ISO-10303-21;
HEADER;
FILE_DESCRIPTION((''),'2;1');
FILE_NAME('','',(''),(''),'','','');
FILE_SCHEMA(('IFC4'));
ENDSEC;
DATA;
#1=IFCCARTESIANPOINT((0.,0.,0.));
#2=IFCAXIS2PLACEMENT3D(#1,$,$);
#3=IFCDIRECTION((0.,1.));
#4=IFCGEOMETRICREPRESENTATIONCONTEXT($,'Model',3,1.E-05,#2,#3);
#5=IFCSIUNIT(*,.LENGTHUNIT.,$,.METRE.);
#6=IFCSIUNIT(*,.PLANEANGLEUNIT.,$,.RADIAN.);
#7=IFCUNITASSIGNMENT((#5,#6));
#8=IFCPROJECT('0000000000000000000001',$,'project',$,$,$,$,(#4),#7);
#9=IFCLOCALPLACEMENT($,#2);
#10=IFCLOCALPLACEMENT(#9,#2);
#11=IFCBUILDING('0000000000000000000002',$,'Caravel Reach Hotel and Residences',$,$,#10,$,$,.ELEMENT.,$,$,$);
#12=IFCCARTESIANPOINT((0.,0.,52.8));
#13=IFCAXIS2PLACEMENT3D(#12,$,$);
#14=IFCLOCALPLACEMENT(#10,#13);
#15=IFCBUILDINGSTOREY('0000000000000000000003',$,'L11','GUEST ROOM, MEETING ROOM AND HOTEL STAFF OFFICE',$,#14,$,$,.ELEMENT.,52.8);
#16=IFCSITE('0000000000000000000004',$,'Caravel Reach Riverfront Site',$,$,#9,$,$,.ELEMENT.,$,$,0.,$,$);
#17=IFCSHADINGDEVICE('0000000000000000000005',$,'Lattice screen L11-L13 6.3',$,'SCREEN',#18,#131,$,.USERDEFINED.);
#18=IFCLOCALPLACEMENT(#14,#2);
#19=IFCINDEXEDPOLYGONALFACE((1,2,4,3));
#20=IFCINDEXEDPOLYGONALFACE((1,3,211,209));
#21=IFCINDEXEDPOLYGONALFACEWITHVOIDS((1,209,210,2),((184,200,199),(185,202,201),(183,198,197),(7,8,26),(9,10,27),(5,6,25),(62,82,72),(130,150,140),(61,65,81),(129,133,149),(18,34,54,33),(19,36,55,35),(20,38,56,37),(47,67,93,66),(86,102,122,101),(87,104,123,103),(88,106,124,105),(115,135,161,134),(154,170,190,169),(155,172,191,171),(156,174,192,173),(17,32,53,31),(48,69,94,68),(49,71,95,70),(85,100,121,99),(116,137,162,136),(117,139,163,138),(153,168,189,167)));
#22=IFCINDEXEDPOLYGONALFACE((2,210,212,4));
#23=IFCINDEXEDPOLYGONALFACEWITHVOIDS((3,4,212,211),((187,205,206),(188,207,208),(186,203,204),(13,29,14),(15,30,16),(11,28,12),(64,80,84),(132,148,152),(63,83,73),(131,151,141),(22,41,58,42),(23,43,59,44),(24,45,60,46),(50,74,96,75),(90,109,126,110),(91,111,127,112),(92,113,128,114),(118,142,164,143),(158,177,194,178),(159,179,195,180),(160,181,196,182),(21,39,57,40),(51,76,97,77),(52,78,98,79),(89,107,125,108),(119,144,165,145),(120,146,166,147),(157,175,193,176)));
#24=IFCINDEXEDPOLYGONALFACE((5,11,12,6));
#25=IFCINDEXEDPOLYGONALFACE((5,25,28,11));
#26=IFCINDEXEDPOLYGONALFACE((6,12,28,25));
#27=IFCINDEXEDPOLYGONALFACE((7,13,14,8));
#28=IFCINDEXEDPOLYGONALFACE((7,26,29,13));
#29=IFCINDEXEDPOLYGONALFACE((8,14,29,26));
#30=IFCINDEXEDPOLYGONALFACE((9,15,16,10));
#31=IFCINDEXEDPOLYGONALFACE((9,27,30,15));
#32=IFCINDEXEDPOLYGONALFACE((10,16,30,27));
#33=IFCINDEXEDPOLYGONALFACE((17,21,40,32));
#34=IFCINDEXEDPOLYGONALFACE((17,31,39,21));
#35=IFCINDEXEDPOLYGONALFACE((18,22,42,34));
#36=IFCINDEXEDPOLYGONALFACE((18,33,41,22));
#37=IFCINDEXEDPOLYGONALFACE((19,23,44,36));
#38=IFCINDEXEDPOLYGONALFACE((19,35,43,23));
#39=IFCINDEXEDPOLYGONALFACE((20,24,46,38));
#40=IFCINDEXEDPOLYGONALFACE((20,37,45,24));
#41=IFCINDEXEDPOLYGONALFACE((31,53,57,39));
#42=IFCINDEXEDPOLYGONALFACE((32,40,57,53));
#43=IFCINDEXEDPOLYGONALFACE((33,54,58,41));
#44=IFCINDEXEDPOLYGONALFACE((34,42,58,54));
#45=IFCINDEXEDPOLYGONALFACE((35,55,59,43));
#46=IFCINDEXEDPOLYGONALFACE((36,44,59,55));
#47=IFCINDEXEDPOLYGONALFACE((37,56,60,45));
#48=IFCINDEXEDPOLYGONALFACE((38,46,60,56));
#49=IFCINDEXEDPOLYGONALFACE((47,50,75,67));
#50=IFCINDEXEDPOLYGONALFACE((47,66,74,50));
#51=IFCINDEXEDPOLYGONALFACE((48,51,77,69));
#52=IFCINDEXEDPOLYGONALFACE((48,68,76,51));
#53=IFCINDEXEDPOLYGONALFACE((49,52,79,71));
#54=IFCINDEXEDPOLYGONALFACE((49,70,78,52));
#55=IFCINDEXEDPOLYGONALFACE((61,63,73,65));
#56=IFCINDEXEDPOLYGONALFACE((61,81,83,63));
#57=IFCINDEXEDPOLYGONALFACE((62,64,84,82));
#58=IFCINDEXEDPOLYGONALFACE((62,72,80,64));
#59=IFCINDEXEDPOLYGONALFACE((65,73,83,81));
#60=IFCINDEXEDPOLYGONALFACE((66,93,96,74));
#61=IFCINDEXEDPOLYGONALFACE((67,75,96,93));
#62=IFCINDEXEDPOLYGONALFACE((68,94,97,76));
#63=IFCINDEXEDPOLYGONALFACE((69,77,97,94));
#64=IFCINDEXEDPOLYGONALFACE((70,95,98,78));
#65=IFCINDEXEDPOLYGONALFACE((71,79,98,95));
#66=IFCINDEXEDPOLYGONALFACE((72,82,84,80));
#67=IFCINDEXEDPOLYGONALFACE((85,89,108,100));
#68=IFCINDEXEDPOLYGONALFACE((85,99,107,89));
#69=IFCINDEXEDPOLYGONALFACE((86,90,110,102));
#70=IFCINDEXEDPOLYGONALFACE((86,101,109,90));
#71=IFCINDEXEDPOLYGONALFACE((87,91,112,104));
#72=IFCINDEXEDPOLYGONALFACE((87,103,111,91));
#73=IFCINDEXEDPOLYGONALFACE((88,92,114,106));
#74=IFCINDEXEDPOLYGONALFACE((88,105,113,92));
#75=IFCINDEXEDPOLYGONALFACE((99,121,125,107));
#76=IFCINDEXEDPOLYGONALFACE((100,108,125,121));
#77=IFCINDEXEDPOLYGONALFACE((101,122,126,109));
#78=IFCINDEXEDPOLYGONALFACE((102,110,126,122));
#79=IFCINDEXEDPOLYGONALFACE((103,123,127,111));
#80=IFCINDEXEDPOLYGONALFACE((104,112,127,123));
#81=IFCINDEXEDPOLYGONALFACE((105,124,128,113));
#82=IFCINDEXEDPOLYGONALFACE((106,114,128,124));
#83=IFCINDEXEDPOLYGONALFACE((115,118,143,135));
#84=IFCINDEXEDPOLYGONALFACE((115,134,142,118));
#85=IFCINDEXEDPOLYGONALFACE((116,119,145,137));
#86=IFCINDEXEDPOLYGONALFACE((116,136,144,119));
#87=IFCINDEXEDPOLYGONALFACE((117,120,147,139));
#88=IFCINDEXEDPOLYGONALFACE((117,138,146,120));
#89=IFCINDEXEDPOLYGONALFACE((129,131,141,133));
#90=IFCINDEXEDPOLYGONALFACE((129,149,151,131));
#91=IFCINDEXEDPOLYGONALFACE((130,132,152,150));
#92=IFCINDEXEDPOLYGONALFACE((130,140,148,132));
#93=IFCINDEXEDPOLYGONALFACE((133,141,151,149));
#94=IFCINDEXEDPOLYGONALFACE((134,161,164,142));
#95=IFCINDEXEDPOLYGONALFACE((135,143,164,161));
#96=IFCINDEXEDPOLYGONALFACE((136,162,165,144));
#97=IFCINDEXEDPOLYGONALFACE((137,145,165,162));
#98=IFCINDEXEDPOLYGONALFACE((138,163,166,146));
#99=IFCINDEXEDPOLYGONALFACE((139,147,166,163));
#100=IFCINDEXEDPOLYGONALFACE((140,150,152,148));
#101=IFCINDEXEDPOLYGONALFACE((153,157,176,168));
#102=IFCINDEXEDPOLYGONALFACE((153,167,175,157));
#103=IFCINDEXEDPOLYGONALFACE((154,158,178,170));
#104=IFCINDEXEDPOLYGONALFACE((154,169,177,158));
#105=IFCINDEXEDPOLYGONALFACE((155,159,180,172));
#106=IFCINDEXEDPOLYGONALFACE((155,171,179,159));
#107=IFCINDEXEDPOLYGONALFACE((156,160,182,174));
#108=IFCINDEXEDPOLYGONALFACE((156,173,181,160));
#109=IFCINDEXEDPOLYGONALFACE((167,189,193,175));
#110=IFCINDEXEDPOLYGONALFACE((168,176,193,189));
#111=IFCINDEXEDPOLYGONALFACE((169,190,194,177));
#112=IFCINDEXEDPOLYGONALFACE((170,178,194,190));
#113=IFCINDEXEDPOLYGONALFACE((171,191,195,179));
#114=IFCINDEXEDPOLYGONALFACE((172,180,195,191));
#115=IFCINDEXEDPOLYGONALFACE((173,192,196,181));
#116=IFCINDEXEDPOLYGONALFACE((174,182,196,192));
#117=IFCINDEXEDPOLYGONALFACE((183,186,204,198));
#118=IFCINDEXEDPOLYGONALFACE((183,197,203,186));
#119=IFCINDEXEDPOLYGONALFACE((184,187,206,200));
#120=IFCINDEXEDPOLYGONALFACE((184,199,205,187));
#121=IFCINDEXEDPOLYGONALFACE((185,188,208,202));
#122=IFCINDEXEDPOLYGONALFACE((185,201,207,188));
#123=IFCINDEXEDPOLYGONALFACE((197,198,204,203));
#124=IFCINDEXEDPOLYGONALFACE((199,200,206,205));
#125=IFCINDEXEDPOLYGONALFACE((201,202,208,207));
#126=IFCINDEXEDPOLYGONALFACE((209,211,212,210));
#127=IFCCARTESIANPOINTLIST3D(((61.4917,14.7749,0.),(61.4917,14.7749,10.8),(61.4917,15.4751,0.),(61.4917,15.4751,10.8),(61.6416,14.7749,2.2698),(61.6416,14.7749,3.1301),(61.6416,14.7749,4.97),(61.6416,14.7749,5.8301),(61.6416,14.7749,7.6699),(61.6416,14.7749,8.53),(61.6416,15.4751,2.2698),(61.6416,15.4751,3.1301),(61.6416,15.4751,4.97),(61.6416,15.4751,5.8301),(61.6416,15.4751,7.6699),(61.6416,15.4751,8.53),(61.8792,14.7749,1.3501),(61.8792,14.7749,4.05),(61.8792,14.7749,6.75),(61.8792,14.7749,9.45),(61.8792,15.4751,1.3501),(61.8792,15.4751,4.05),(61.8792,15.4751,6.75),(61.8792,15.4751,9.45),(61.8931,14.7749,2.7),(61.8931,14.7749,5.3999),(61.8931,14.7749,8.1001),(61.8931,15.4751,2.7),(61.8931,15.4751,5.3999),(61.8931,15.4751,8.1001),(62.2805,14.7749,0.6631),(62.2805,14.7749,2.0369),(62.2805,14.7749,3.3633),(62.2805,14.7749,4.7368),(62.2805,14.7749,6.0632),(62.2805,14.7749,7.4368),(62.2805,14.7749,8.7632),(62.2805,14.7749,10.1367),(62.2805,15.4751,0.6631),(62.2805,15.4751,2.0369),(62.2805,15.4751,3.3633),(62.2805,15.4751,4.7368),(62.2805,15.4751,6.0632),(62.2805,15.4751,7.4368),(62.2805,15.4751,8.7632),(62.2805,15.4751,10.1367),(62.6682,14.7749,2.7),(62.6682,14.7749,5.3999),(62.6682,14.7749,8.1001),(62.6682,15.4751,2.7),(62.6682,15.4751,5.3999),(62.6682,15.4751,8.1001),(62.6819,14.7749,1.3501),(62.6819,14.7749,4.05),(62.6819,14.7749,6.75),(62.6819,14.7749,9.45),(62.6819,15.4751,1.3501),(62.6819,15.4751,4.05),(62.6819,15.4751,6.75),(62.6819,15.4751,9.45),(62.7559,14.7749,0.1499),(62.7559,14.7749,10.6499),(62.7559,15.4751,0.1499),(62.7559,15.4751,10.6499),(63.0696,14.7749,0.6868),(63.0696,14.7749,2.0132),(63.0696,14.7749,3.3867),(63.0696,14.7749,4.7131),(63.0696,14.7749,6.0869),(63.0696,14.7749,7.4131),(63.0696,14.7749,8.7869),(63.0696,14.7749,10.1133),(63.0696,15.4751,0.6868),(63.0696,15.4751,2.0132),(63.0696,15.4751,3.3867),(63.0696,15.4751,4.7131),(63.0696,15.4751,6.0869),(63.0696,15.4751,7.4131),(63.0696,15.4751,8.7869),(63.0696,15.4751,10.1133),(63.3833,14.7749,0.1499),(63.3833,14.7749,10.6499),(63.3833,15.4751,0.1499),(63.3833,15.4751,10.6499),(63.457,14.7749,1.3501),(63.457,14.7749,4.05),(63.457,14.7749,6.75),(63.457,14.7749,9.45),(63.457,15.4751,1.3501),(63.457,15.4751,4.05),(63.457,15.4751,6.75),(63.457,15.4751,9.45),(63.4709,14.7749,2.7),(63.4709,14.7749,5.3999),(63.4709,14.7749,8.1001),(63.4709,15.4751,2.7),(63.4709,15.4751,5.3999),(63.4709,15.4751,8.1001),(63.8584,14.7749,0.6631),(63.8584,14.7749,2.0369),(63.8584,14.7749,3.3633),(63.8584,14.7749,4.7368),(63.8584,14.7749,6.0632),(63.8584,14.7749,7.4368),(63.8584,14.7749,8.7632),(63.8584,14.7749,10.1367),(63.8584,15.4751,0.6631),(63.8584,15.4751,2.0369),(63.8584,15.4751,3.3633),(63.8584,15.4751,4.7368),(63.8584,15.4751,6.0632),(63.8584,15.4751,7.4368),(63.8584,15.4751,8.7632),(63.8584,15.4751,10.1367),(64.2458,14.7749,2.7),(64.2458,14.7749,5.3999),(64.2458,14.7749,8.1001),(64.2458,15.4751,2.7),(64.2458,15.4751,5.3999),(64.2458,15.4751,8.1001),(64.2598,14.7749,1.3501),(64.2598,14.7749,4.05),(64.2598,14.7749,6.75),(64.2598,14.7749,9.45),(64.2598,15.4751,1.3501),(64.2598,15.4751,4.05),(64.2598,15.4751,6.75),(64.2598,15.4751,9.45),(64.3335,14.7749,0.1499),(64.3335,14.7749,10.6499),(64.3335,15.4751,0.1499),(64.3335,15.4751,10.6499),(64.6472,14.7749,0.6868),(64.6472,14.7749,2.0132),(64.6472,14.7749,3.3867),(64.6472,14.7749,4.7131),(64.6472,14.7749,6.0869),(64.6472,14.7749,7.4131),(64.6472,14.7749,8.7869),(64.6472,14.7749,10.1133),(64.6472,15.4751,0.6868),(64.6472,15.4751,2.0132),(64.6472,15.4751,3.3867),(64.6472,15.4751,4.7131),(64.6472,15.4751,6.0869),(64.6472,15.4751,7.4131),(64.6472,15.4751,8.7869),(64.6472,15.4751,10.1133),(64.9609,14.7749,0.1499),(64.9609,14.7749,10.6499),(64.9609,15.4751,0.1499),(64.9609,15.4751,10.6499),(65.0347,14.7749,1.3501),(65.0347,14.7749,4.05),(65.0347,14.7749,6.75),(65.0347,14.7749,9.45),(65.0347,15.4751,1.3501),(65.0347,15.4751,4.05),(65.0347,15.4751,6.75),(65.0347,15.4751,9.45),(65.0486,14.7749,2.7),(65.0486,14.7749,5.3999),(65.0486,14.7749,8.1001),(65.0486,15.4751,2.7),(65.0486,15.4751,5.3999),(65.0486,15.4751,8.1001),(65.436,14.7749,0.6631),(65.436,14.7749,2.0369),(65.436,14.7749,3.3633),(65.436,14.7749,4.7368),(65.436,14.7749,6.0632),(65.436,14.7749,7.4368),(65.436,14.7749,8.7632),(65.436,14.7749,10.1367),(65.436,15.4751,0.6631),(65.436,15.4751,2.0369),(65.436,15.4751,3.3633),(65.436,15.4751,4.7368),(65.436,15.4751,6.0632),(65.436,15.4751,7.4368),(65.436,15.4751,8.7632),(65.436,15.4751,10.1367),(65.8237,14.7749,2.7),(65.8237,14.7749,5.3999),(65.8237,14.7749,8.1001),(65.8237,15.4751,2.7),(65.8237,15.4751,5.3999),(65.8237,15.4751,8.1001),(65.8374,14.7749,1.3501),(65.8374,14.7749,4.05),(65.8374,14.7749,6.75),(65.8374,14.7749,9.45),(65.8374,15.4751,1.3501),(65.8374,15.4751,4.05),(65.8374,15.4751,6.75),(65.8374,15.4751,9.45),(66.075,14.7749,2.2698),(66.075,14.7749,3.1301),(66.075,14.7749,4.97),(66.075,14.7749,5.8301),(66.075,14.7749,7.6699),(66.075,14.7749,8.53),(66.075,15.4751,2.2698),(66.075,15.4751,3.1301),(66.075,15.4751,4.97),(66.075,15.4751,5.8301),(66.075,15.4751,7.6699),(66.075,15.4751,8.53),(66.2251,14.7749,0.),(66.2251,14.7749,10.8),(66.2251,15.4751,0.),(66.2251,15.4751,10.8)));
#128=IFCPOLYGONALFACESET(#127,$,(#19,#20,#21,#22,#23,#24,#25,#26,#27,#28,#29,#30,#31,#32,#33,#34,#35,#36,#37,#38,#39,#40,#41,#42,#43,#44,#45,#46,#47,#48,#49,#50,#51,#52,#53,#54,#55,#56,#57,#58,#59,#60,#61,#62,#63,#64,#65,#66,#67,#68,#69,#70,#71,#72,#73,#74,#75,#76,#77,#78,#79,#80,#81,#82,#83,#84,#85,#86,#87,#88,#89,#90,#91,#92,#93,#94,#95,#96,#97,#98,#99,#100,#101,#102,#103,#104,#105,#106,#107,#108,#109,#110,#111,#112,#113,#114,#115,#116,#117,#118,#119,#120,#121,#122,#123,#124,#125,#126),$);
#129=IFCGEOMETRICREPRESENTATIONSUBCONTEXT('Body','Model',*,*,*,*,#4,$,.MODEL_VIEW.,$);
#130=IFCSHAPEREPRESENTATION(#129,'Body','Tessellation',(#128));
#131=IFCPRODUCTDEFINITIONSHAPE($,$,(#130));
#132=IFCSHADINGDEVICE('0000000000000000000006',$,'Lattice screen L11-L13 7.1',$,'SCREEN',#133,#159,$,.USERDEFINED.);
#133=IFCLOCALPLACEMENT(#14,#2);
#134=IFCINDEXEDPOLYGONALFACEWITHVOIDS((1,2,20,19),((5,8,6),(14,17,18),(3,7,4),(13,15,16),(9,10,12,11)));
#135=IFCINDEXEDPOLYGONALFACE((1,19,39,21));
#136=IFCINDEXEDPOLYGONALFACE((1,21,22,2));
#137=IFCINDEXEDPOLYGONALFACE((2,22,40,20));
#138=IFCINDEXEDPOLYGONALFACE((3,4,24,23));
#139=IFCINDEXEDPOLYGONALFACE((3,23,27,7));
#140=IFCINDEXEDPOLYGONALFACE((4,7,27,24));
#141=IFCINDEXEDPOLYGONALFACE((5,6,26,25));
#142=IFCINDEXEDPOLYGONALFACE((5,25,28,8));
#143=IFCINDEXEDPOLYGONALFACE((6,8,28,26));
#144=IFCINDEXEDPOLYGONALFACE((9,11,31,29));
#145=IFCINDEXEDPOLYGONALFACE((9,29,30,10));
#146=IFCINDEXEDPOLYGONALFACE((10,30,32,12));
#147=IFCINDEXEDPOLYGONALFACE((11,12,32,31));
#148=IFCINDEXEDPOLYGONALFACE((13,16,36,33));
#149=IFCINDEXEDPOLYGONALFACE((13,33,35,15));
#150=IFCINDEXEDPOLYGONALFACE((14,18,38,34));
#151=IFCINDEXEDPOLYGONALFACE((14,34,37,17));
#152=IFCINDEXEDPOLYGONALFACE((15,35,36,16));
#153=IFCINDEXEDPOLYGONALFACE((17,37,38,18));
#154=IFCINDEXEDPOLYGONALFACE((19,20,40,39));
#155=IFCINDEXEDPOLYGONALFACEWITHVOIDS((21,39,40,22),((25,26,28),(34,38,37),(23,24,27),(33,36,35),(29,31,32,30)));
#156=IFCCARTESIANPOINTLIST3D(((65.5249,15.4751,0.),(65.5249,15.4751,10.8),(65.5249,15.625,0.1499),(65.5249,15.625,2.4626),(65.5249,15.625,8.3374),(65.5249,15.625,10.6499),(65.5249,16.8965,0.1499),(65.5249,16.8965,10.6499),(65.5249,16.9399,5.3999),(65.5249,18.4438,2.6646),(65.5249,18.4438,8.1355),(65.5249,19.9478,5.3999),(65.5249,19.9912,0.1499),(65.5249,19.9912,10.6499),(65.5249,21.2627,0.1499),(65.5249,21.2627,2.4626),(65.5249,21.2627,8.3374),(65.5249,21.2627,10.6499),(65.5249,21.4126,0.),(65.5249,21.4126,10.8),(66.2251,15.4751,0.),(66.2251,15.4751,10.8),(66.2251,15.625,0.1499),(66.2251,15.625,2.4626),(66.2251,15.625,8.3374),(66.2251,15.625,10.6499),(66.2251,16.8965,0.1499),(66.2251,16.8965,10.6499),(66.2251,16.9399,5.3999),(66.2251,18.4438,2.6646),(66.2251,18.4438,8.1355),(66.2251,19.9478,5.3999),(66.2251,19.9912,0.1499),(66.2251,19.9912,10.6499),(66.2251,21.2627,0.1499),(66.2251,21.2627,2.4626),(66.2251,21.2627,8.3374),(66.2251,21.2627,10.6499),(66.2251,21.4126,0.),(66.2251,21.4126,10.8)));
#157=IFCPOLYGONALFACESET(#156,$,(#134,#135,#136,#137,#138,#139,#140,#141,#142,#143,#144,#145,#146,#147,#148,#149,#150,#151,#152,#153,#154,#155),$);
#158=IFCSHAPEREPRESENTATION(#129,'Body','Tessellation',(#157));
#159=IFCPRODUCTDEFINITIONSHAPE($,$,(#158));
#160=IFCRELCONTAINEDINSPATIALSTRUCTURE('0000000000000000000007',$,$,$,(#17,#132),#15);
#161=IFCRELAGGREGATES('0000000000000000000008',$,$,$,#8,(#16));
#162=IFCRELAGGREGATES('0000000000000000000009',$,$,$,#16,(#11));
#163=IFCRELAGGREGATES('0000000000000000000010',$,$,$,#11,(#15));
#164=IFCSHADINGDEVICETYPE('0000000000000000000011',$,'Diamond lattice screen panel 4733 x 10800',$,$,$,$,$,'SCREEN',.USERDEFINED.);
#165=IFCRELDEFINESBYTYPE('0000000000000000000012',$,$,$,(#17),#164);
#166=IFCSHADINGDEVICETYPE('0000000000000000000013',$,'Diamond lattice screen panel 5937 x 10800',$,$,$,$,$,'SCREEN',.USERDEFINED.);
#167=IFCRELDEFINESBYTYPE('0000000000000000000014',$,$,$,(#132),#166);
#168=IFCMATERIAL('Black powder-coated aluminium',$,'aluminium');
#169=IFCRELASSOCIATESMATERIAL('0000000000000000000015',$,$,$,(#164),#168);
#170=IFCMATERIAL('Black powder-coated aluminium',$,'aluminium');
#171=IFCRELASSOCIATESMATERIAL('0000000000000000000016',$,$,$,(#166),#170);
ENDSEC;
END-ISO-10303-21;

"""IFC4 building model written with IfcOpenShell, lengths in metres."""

from ifc_helpers import new_model, si_unit, direction, frame, origin, place, context, subcontext, project, spatial, polyline, outline, extrude, material, type_object, element, save


model = new_model("IFC4")

# Units and contexts
model_context = context("Model", 3, precision=1e-05, world=origin(), true_north=direction((0.0, 1.0)))
body_context = subcontext(model_context, "Body", "Model", "MODEL_VIEW")
ifc_project = project(units=[si_unit("LENGTHUNIT", "METRE"), si_unit("PLANEANGLEUNIT", "RADIAN")], contexts=[model_context])

# Site, building, storey
site_placement = place(None, origin())
site = spatial("IfcSite", under=ifc_project, at=site_placement, Name="Caravel Reach Riverfront Site", CompositionType="ELEMENT", RefElevation=0.0)
building_placement = place(site_placement, origin())
building = spatial("IfcBuilding", under=site, at=building_placement, Name="Caravel Reach Hotel and Residences", CompositionType="ELEMENT")
storey_placement = place(building_placement, frame((0.0, 0.0, 52.8)))
storey = spatial("IfcBuildingStorey", under=building, at=storey_placement, Name="L11", Description="GUEST ROOM, MEETING ROOM AND HOTEL STAFF OFFICE", CompositionType="ELEMENT", Elevation=52.8)

# Shading devices
ifc_material_1 = material(Name="Black powder-coated aluminium", Category="aluminium")
shading_device_type_1 = type_object("IfcShadingDeviceType", Name="Diamond lattice screen panel 4733 x 10800", ElementType="SCREEN", PredefinedType="USERDEFINED", material=ifc_material_1)
shading_device_placement = place(storey_placement, frame((61.4917, 15.4751, 0.0), z_axis=(0.0, -1.0, 0.0), x_axis=(1.0, 0.0, 0.0)))
element("IfcShadingDevice", 1, at=shading_device_placement, inside=storey, type_object=shading_device_type_1, Name="Lattice screen L11-L13 6.3", ObjectType="SCREEN", PredefinedType="USERDEFINED", context=body_context, shape_type="SweptSolid", body=[
    extrude(outline(polyline([(0.0, 0.0), (4.7334, 0.0), (4.7334, 10.8), (0.0, 10.8), (0.0, 0.0)]), holes=[polyline([(0.4014, 2.7), (0.1499, 3.1301), (0.1499, 2.2698), (0.4014, 2.7)]), polyline([(0.4014, 5.3999), (0.1499, 5.8301), (0.1499, 4.97), (0.4014, 5.3999)]), polyline([(0.4014, 8.1001), (0.1499, 8.53), (0.1499, 7.6699), (0.4014, 8.1001)]), polyline([(0.7888, 2.0369), (0.3875, 1.3501), (0.7888, 0.6631), (1.1902, 1.3501), (0.7888, 2.0369)]), polyline([(0.7888, 4.7368), (0.3875, 4.05), (0.7888, 3.3633), (1.1902, 4.05), (0.7888, 4.7368)]), polyline([(0.7888, 7.4368), (0.3875, 6.75), (0.7888, 6.0632), (1.1902, 6.75), (0.7888, 7.4368)]), polyline([(0.7888, 10.1367), (0.3875, 9.45), (0.7888, 8.7632), (1.1902, 9.45), (0.7888, 10.1367)]), polyline([(1.5779, 0.6868), (1.2642, 0.1499), (1.8916, 0.1499), (1.5779, 0.6868)]), polyline([(1.5779, 3.3867), (1.1765, 2.7), (1.5779, 2.0132), (1.9792, 2.7), (1.5779, 3.3867)]), polyline([(1.5779, 6.0869), (1.1765, 5.3999), (1.5779, 4.7131), (1.9792, 5.3999), (1.5779, 6.0869)]), polyline([(1.5779, 8.7869), (1.1765, 8.1001), (1.5779, 7.4131), (1.9792, 8.1001), (1.5779, 8.7869)]), polyline([(1.5779, 10.1133), (1.8916, 10.6499), (1.2642, 10.6499), (1.5779, 10.1133)]), polyline([(2.3667, 2.0369), (1.9653, 1.3501), (2.3667, 0.6631), (2.7681, 1.3501), (2.3667, 2.0369)]), polyline([(2.3667, 4.7368), (1.9653, 4.05), (2.3667, 3.3633), (2.7681, 4.05), (2.3667, 4.7368)]), polyline([(2.3667, 7.4368), (1.9653, 6.75), (2.3667, 6.0632), (2.7681, 6.75), (2.3667, 7.4368)]), polyline([(2.3667, 10.1367), (1.9653, 9.45), (2.3667, 8.7632), (2.7681, 9.45), (2.3667, 10.1367)]), polyline([(3.1555, 0.6868), (2.8418, 0.1499), (3.4692, 0.1499), (3.1555, 0.6868)]), polyline([(3.1555, 3.3867), (2.7542, 2.7), (3.1555, 2.0132), (3.5569, 2.7), (3.1555, 3.3867)]), polyline([(3.1555, 6.0869), (2.7542, 5.3999), (3.1555, 4.7131), (3.5569, 5.3999), (3.1555, 6.0869)]), polyline([(3.1555, 8.7869), (2.7542, 8.1001), (3.1555, 7.4131), (3.5569, 8.1001), (3.1555, 8.7869)]), polyline([(3.1555, 10.1133), (3.4692, 10.6499), (2.8418, 10.6499), (3.1555, 10.1133)]), polyline([(3.9443, 2.0369), (3.543, 1.3501), (3.9443, 0.6631), (4.3457, 1.3501), (3.9443, 2.0369)]), polyline([(3.9443, 4.7368), (3.543, 4.05), (3.9443, 3.3633), (4.3457, 4.05), (3.9443, 4.7368)]), polyline([(3.9443, 7.4368), (3.543, 6.75), (3.9443, 6.0632), (4.3457, 6.75), (3.9443, 7.4368)]), polyline([(3.9443, 10.1367), (3.543, 9.45), (3.9443, 8.7632), (4.3457, 9.45), (3.9443, 10.1367)]), polyline([(4.332, 2.7), (4.5833, 2.2698), (4.5833, 3.1301), (4.332, 2.7)]), polyline([(4.332, 5.3999), (4.5833, 4.97), (4.5833, 5.8301), (4.332, 5.3999)]), polyline([(4.332, 8.1001), (4.5833, 7.6699), (4.5833, 8.53), (4.332, 8.1001)])]), origin(), (0.0, 0.0, 1.0), 0.7002),
])
ifc_material_2 = material(Name="Black powder-coated aluminium", Category="aluminium")
shading_device_type_2 = type_object("IfcShadingDeviceType", Name="Diamond lattice screen panel 5937 x 10800", ElementType="SCREEN", PredefinedType="USERDEFINED", material=ifc_material_2)
for number, where, z_axis, x_axis, name in (
    (2, (65.5249, 15.4751, 0.0), (1.0, 0.0, 0.0), (0.0, 1.0, 0.0), "Lattice screen L11-L13 7.1"),
):
    element("IfcShadingDevice", number, at=place(storey_placement, frame(where, z_axis=z_axis, x_axis=x_axis)), inside=storey, type_object=shading_device_type_2, Name=name, ObjectType="SCREEN", PredefinedType="USERDEFINED", context=body_context, shape_type="SweptSolid", body=[
        extrude(outline(polyline([(0.0, 0.0), (5.9375, 0.0), (5.9375, 10.8), (0.0, 10.8), (0.0, 0.0)]), holes=[polyline([(1.4214, 0.1499), (0.1499, 2.4626), (0.1499, 0.1499), (1.4214, 0.1499)]), polyline([(0.1499, 8.3374), (1.4214, 10.6499), (0.1499, 10.6499), (0.1499, 8.3374)]), polyline([(2.9688, 8.1355), (1.4648, 5.3999), (2.9688, 2.6646), (4.4727, 5.3999), (2.9688, 8.1355)]), polyline([(5.7876, 2.4626), (4.5161, 0.1499), (5.7876, 0.1499), (5.7876, 2.4626)]), polyline([(4.5161, 10.6499), (5.7876, 8.3374), (5.7876, 10.6499), (4.5161, 10.6499)])]), origin(), (0.0, 0.0, 1.0), 0.7002),
    ])

save(model, "model.ifc")
